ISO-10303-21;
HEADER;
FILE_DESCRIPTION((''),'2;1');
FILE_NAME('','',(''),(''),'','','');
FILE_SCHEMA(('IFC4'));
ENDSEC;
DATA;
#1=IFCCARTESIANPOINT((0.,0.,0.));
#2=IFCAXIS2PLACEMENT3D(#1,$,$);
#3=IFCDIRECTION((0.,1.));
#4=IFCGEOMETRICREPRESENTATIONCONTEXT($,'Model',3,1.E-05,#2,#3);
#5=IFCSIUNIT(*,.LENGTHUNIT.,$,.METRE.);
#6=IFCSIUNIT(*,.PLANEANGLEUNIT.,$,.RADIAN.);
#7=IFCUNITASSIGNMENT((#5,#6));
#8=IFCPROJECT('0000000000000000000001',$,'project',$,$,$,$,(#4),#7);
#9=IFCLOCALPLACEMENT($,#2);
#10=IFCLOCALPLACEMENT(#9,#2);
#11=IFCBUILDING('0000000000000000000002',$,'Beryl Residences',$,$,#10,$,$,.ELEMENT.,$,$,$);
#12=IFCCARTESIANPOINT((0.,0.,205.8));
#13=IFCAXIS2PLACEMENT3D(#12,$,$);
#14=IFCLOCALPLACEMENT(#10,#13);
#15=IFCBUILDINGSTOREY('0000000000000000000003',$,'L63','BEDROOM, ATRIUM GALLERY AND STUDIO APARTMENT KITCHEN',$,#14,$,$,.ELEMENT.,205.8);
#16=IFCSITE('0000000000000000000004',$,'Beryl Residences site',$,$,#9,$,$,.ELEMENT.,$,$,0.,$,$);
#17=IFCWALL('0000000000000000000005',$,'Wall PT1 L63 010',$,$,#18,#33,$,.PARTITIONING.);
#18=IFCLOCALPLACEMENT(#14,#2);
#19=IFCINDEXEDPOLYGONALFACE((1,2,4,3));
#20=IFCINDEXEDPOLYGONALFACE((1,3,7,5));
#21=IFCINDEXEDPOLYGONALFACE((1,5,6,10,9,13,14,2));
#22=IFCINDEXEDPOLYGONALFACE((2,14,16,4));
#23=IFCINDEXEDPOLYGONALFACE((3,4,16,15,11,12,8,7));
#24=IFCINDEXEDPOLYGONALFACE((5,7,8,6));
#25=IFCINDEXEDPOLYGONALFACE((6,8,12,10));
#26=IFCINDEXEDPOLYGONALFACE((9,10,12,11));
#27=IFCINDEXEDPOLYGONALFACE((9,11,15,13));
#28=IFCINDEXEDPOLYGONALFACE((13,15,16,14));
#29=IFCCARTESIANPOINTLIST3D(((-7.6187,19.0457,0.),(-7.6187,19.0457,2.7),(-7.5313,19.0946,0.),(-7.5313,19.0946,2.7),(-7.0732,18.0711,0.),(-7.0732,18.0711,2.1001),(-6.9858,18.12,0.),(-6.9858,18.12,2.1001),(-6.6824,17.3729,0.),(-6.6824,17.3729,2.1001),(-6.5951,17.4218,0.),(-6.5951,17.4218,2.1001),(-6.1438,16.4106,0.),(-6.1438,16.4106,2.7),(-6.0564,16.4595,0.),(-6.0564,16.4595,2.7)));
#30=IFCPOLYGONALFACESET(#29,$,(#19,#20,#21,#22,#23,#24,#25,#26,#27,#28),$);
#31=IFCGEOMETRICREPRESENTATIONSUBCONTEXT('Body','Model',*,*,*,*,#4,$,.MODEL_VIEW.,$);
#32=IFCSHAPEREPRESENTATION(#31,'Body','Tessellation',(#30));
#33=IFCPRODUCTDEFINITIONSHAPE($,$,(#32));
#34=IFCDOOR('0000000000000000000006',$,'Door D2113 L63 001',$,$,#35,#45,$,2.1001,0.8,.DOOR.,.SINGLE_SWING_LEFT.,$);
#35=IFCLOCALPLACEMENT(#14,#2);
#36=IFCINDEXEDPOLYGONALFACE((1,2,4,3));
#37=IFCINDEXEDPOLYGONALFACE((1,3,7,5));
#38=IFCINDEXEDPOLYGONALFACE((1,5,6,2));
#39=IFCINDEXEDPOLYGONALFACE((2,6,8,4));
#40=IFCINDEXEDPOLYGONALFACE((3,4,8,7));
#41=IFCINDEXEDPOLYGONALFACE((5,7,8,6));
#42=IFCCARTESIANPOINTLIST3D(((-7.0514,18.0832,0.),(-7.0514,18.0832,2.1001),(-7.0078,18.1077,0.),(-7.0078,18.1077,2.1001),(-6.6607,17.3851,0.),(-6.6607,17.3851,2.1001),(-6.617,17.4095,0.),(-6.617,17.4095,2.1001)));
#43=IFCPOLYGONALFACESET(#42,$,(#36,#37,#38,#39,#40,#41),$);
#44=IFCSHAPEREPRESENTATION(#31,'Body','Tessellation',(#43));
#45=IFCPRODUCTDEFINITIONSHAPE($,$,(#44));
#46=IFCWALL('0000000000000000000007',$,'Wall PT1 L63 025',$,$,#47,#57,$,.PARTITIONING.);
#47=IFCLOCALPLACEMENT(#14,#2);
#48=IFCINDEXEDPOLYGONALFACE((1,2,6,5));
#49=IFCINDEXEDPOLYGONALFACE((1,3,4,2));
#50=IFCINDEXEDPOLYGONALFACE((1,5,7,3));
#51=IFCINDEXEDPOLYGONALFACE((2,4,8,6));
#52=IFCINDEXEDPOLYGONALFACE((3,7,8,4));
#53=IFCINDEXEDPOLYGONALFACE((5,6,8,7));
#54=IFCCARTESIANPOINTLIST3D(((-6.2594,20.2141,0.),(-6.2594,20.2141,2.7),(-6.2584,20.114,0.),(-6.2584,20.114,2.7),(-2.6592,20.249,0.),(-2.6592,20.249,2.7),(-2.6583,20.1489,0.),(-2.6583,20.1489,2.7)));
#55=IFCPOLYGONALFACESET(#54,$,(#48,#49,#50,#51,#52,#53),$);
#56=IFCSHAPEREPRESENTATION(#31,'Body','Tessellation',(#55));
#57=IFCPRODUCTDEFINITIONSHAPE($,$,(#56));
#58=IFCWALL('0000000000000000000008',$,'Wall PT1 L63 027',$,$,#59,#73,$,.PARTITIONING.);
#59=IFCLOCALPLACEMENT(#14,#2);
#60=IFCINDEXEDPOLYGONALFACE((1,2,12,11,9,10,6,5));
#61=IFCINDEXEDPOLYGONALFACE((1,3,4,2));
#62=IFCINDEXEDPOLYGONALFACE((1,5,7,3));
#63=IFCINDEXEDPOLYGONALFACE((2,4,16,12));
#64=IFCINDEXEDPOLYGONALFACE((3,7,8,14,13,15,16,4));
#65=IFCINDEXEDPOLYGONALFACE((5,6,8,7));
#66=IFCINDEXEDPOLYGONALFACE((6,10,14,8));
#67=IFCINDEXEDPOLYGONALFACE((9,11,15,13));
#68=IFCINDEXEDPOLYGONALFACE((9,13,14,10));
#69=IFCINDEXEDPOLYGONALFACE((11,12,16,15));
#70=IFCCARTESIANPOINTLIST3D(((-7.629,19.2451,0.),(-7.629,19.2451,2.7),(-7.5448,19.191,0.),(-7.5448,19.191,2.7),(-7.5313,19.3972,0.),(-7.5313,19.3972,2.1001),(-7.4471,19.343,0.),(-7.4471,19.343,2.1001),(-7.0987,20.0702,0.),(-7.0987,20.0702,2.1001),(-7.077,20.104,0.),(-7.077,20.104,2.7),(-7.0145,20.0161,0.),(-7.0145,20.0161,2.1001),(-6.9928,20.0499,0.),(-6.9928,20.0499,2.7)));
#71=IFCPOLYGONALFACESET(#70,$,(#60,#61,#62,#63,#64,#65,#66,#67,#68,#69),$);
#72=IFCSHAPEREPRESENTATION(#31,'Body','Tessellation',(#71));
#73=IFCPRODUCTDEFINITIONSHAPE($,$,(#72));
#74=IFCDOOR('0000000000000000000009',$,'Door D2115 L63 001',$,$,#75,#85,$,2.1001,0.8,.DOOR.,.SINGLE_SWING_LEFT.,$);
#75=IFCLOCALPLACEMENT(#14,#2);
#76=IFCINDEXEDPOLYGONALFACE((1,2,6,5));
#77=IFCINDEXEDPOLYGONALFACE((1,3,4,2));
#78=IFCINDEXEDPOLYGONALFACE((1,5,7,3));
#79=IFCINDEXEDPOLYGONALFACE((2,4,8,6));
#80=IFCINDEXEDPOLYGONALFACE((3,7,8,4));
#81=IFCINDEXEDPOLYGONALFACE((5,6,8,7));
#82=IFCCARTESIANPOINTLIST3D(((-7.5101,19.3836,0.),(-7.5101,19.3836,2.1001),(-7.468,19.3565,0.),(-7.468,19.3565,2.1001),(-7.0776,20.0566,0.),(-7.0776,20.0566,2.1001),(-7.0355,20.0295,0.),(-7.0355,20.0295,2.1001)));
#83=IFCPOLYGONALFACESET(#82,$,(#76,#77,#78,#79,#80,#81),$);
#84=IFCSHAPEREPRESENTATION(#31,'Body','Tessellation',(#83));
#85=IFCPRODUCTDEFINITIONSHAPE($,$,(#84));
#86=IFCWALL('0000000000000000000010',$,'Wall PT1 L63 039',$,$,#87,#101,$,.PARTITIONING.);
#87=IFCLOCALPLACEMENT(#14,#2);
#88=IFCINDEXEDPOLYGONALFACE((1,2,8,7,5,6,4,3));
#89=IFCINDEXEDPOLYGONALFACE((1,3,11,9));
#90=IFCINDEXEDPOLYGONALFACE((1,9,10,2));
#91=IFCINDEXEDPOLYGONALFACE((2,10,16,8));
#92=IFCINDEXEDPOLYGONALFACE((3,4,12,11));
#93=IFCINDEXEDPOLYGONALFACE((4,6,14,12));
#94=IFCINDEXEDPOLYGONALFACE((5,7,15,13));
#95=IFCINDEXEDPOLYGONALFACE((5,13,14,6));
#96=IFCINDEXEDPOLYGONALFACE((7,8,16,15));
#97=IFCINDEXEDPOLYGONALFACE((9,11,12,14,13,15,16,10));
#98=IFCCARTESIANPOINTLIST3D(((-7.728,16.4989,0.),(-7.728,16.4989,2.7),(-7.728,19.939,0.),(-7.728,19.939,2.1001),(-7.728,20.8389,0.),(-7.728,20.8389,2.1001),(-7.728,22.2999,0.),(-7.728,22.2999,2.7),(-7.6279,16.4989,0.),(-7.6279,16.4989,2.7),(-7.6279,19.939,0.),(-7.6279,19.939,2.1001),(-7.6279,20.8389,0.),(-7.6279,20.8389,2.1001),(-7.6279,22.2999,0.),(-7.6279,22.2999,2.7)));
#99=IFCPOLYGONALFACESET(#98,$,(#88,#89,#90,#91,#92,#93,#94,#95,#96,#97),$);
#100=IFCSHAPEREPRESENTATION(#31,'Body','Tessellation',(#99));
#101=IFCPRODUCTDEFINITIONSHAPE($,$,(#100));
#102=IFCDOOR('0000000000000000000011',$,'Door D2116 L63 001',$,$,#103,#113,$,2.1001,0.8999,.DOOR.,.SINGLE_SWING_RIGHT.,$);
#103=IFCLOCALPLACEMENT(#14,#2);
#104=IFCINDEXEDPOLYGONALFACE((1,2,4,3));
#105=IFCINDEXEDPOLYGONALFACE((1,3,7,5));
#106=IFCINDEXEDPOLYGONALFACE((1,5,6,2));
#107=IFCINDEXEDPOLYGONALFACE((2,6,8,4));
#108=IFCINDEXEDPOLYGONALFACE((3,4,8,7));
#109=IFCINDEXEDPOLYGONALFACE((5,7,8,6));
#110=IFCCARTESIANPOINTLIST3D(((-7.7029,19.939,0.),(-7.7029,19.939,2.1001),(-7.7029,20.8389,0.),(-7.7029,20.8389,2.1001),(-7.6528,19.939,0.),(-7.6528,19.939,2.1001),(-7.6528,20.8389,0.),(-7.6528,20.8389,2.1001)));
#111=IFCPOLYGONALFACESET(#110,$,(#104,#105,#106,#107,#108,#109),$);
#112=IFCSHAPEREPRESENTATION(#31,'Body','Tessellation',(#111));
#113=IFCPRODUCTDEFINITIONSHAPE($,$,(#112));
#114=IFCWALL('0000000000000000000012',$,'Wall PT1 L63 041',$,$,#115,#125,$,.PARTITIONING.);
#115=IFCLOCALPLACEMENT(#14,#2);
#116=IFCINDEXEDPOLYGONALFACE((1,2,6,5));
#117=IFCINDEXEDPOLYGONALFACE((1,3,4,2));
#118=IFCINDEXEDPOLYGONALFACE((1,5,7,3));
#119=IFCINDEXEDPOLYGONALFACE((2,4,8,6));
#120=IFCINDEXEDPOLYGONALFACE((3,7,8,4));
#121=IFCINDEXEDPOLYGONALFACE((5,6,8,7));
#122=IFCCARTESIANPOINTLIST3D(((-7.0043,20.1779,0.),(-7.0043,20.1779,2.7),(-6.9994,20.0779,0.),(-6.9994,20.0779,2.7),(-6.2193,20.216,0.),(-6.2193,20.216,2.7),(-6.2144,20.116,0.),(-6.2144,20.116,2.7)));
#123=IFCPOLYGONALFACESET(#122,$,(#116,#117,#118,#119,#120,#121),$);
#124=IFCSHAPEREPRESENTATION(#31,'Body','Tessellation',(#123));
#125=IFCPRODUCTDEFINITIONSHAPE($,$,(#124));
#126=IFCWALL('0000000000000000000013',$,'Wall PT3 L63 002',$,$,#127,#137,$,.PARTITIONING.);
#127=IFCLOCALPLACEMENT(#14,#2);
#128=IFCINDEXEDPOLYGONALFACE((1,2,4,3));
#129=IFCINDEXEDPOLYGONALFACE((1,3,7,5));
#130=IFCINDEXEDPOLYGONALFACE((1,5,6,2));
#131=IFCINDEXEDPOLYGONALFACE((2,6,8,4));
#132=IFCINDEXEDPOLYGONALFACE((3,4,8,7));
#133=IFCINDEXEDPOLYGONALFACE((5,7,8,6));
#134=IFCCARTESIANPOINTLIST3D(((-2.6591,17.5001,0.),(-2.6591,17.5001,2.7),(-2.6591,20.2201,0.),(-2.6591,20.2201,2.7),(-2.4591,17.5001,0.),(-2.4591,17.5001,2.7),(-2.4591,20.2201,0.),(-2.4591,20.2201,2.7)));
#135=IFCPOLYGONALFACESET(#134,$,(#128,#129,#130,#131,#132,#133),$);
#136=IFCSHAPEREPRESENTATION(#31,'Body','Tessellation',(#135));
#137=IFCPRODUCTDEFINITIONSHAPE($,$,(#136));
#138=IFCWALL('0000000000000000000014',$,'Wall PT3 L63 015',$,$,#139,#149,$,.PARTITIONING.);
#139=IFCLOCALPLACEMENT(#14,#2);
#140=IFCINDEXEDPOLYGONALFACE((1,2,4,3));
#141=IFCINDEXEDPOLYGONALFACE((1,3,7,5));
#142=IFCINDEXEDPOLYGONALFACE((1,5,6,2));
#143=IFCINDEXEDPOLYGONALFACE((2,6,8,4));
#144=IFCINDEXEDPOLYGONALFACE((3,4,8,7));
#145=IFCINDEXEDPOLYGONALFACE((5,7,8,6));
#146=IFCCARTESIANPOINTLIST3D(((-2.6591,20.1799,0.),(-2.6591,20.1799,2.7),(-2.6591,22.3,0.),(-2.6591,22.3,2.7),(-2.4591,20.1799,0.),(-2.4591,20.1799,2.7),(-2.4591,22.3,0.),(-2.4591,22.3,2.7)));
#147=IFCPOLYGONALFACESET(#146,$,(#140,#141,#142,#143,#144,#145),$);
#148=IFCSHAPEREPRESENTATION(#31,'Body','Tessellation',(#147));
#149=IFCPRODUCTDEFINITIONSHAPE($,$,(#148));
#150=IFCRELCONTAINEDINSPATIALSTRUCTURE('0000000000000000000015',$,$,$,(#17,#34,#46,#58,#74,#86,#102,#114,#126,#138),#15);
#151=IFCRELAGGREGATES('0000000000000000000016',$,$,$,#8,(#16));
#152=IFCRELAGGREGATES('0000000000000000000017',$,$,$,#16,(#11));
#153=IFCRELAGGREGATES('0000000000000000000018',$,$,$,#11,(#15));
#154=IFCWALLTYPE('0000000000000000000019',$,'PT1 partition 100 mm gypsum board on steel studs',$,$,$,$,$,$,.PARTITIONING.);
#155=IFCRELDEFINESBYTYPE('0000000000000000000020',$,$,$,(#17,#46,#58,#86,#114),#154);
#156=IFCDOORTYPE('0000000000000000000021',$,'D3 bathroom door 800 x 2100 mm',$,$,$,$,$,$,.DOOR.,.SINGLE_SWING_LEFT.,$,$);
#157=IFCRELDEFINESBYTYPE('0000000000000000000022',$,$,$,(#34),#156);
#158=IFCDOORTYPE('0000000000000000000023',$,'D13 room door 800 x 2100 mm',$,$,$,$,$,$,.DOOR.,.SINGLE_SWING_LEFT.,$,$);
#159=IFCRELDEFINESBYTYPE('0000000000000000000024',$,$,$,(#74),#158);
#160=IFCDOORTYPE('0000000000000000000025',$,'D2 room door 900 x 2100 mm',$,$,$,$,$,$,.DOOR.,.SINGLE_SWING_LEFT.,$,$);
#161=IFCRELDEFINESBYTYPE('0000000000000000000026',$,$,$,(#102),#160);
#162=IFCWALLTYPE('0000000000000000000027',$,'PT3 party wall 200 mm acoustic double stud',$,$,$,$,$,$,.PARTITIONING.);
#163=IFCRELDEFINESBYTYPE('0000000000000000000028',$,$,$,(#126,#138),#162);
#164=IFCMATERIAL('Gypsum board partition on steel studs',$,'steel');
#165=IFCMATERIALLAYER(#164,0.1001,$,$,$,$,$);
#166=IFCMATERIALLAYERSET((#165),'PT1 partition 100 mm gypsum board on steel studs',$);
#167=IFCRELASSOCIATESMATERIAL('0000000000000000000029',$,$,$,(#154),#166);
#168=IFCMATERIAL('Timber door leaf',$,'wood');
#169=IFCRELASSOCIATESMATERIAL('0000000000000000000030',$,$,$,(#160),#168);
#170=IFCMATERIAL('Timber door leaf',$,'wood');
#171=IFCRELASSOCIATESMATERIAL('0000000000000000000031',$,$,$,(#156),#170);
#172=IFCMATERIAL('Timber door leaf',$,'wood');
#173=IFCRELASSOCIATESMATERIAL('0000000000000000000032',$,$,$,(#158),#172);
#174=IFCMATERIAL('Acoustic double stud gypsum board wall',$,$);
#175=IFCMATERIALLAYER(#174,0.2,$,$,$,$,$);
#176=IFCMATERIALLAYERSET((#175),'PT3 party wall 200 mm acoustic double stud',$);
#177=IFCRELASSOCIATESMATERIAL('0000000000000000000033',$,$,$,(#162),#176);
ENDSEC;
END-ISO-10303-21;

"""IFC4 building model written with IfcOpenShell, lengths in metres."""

from ifc_helpers import new_model, si_unit, direction, frame, frame_2d, origin, place, context, subcontext, project, spatial, rectangle, extrude, material, layer, layer_set, type_object, element, fill, save


model = new_model("IFC4")

# Units and contexts
model_context = context("Model", 3, precision=1e-05, world=origin(), true_north=direction((0.0, 1.0)))
body_context = subcontext(model_context, "Body", "Model", "MODEL_VIEW")
ifc_project = project(units=[si_unit("LENGTHUNIT", "METRE"), si_unit("PLANEANGLEUNIT", "RADIAN")], contexts=[model_context])

# Site, building, storey
site_placement = place(None, origin())
site = spatial("IfcSite", under=ifc_project, at=site_placement, Name="Beryl Residences site", CompositionType="ELEMENT", RefElevation=0.0)
building_placement = place(site_placement, origin())
building = spatial("IfcBuilding", under=site, at=building_placement, Name="Beryl Residences", CompositionType="ELEMENT")
storey_placement = place(building_placement, frame((0.0, 0.0, 205.8)))
storey = spatial("IfcBuildingStorey", under=building, at=storey_placement, Name="L63", Description="BEDROOM, ATRIUM GALLERY AND STUDIO APARTMENT KITCHEN", CompositionType="ELEMENT", Elevation=205.8)

# Shared definitions
ifc_material_1 = material(Name="Gypsum board partition on steel studs", Category="steel")
ifc_layer_1 = layer(ifc_material_1, 0.1001)
ifc_layer_set_1 = layer_set([ifc_layer_1], Name="PT1 partition 100 mm gypsum board on steel studs")
wall_type_1 = type_object("IfcWallType", Name="PT1 partition 100 mm gypsum board on steel studs", PredefinedType="PARTITIONING", material=ifc_layer_set_1)

# Wall, opening, door
ifc_material_2 = material(Name="Timber door leaf", Category="wood")
door_type_1 = type_object("IfcDoorType", Name="D2 room door 900 x 2100 mm", OperationType="SINGLE_SWING_LEFT", PredefinedType="DOOR", material=ifc_material_2)
wall_1_placement = place(storey_placement, frame((-7.575, 19.0701, 0.0), z_axis=(0.0, 0.0, 1.0), x_axis=(0.488414, -0.872612, 0.0)))
wall_1 = element("IfcWall", 1, at=wall_1_placement, inside=storey, type_object=wall_type_1, Name="Wall PT1 L63 010", PredefinedType="PARTITIONING", context=body_context, shape_type="SweptSolid", body=[
    extrude(rectangle(XDim=3.0198, YDim=0.1001, at=frame_2d((1.5098, 0.0))), origin(), (0.0, 0.0, 1.0), 2.7),
])
opening_1_placement = place(wall_1_placement, frame((1.1169, 0.0, 0.0)))
opening_1 = element("IfcOpeningElement", 2, at=opening_1_placement, cuts=wall_1, PredefinedType="OPENING", context=body_context, shape_type="SweptSolid", body=[
    extrude(rectangle(XDim=0.8, YDim=2.1001, at=frame_2d((0.3999, 1.05))), frame((0.0, 0.0601, 0.0), z_axis=(0.0, -1.0, 0.0), x_axis=(1.0, 0.0, 0.0)), (0.0, 0.0, 1.0), 0.1201),
])
ifc_material_3 = material(Name="Timber door leaf", Category="wood")
door_type_2 = type_object("IfcDoorType", Name="D3 bathroom door 800 x 2100 mm", OperationType="SINGLE_SWING_LEFT", PredefinedType="DOOR", material=ifc_material_3)
door_1_placement = place(opening_1_placement, origin())
door_1 = element("IfcDoor", 3, at=door_1_placement, inside=storey, type_object=door_type_2, Name="Door D2113 L63 001", OperationType="SINGLE_SWING_LEFT", OverallHeight=2.1001, OverallWidth=0.8, PredefinedType="DOOR", context=body_context, shape_type="SweptSolid", body=[
    extrude(rectangle(XDim=0.8, YDim=2.1001, at=frame_2d((0.3999, 1.05))), frame((0.0, 0.0249, 0.0), z_axis=(0.0, -1.0, 0.0), x_axis=(1.0, 0.0, 0.0)), (0.0, 0.0, 1.0), 0.05),
])
fill(opening_1, door_1)

# Wall
wall_2_placement = place(storey_placement, frame((-6.259, 20.1641, 0.0), z_axis=(0.0, 0.0, 1.0), x_axis=(0.999953, 0.009697, 0.0)))
element("IfcWall", 4, at=wall_2_placement, inside=storey, type_object=wall_type_1, Name="Wall PT1 L63 025", PredefinedType="PARTITIONING", context=body_context, shape_type="SweptSolid", body=[
    extrude(rectangle(XDim=3.6003, YDim=0.1001, at=frame_2d((1.8003, 0.0))), origin(), (0.0, 0.0, 1.0), 2.7),
])

# Walls, openings, doors
wall_3_placement = place(storey_placement, frame((-7.5869, 19.218, 0.0), z_axis=(0.0, 0.0, 1.0), x_axis=(0.540661, 0.841241, 0.0)))
wall_3 = element("IfcWall", 5, at=wall_3_placement, inside=storey, type_object=wall_type_1, Name="Wall PT1 L63 027", PredefinedType="PARTITIONING", context=body_context, shape_type="SweptSolid", body=[
    extrude(rectangle(XDim=1.021, YDim=0.1001, at=frame_2d((0.5105, 0.0))), origin(), (0.0, 0.0, 1.0), 2.7),
])
opening_2_placement = place(wall_3_placement, frame((0.1809, 0.0, 0.0)))
opening_2 = element("IfcOpeningElement", 6, at=opening_2_placement, cuts=wall_3, PredefinedType="OPENING", context=body_context, shape_type="SweptSolid", body=[
    extrude(rectangle(XDim=0.8, YDim=2.1001, at=frame_2d((0.3999, 1.05))), frame((0.0, 0.0601, 0.0), z_axis=(0.0, -1.0, 0.0), x_axis=(1.0, 0.0, 0.0)), (0.0, 0.0, 1.0), 0.1201),
])
ifc_material_4 = material(Name="Timber door leaf", Category="wood")
door_type_3 = type_object("IfcDoorType", Name="D13 room door 800 x 2100 mm", OperationType="SINGLE_SWING_LEFT", PredefinedType="DOOR", material=ifc_material_4)
door_2_placement = place(opening_2_placement, origin())
door_2 = element("IfcDoor", 7, at=door_2_placement, inside=storey, type_object=door_type_3, Name="Door D2115 L63 001", OperationType="SINGLE_SWING_LEFT", OverallHeight=2.1001, OverallWidth=0.8, PredefinedType="DOOR", context=body_context, shape_type="SweptSolid", body=[
    extrude(rectangle(XDim=0.8, YDim=2.1001, at=frame_2d((0.3999, 1.05))), frame((0.0, 0.0249, 0.0), z_axis=(0.0, -1.0, 0.0), x_axis=(1.0, 0.0, 0.0)), (0.0, 0.0, 1.0), 0.05),
])
fill(opening_2, door_2)
wall_4_placement = place(storey_placement, frame((-7.678, 16.499, 0.0), z_axis=(0.0, 0.0, 1.0), x_axis=(0.0, 1.0, 0.0)))
wall_4 = element("IfcWall", 8, at=wall_4_placement, inside=storey, type_object=wall_type_1, Name="Wall PT1 L63 039", PredefinedType="PARTITIONING", context=body_context, shape_type="SweptSolid", body=[
    extrude(rectangle(XDim=5.801, YDim=0.1001, at=frame_2d((2.9004, 0.0))), origin(), (0.0, 0.0, 1.0), 2.7),
])
opening_3_placement = place(wall_4_placement, frame((3.4399, 0.0, 0.0)))
opening_3 = element("IfcOpeningElement", 9, at=opening_3_placement, cuts=wall_4, PredefinedType="OPENING", context=body_context, shape_type="SweptSolid", body=[
    extrude(rectangle(XDim=0.8999, YDim=2.1001, at=frame_2d((0.45, 1.05))), frame((0.0, 0.0601, 0.0), z_axis=(0.0, -1.0, 0.0), x_axis=(1.0, 0.0, 0.0)), (0.0, 0.0, 1.0), 0.1201),
])
door_3_placement = place(opening_3_placement, origin())
door_3 = element("IfcDoor", 10, at=door_3_placement, inside=storey, type_object=door_type_1, Name="Door D2116 L63 001", OperationType="SINGLE_SWING_RIGHT", OverallHeight=2.1001, OverallWidth=0.8999, PredefinedType="DOOR", context=body_context, shape_type="SweptSolid", body=[
    extrude(rectangle(XDim=0.8999, YDim=2.1001, at=frame_2d((0.45, 1.05))), frame((0.0, 0.0249, 0.0), z_axis=(0.0, -1.0, 0.0), x_axis=(1.0, 0.0, 0.0)), (0.0, 0.0, 1.0), 0.05),
])
fill(opening_3, door_3)

# Walls
wall_5_placement = place(storey_placement, frame((-7.002, 20.1279, 0.0), z_axis=(0.0, 0.0, 1.0), x_axis=(0.998825, 0.048466, 0.0)))
element("IfcWall", 11, at=wall_5_placement, inside=storey, type_object=wall_type_1, Name="Wall PT1 L63 041", PredefinedType="PARTITIONING", context=body_context, shape_type="SweptSolid", body=[
    extrude(rectangle(XDim=0.7859, YDim=0.1001, at=frame_2d((0.3931, 0.0))), origin(), (0.0, 0.0, 1.0), 2.7),
])
ifc_material_5 = material(Name="Acoustic double stud gypsum board wall")
ifc_layer_2 = layer(ifc_material_5, 0.2)
ifc_layer_set_2 = layer_set([ifc_layer_2], Name="PT3 party wall 200 mm acoustic double stud")
wall_type_2 = type_object("IfcWallType", Name="PT3 party wall 200 mm acoustic double stud", PredefinedType="PARTITIONING", material=ifc_layer_set_2)
wall_6_placement = place(storey_placement, frame((-2.5591, 20.22, 0.0), z_axis=(0.0, 0.0, 1.0), x_axis=(0.0, -1.0, 0.0)))
element("IfcWall", 12, at=wall_6_placement, inside=storey, type_object=wall_type_2, Name="Wall PT3 L63 002", PredefinedType="PARTITIONING", context=body_context, shape_type="SweptSolid", body=[
    extrude(rectangle(XDim=2.72, YDim=0.2, at=frame_2d((1.3599, 0.0))), origin(), (0.0, 0.0, 1.0), 2.7),
])
wall_7_placement = place(storey_placement, frame((-2.5591, 20.1799, 0.0), z_axis=(0.0, 0.0, 1.0), x_axis=(0.0, 1.0, 0.0)))
element("IfcWall", 13, at=wall_7_placement, inside=storey, type_object=wall_type_2, Name="Wall PT3 L63 015", PredefinedType="PARTITIONING", context=body_context, shape_type="SweptSolid", body=[
    extrude(rectangle(XDim=2.1201, YDim=0.2, at=frame_2d((1.0601, 0.0))), origin(), (0.0, 0.0, 1.0), 2.7),
])

save(model, "model.ifc")
